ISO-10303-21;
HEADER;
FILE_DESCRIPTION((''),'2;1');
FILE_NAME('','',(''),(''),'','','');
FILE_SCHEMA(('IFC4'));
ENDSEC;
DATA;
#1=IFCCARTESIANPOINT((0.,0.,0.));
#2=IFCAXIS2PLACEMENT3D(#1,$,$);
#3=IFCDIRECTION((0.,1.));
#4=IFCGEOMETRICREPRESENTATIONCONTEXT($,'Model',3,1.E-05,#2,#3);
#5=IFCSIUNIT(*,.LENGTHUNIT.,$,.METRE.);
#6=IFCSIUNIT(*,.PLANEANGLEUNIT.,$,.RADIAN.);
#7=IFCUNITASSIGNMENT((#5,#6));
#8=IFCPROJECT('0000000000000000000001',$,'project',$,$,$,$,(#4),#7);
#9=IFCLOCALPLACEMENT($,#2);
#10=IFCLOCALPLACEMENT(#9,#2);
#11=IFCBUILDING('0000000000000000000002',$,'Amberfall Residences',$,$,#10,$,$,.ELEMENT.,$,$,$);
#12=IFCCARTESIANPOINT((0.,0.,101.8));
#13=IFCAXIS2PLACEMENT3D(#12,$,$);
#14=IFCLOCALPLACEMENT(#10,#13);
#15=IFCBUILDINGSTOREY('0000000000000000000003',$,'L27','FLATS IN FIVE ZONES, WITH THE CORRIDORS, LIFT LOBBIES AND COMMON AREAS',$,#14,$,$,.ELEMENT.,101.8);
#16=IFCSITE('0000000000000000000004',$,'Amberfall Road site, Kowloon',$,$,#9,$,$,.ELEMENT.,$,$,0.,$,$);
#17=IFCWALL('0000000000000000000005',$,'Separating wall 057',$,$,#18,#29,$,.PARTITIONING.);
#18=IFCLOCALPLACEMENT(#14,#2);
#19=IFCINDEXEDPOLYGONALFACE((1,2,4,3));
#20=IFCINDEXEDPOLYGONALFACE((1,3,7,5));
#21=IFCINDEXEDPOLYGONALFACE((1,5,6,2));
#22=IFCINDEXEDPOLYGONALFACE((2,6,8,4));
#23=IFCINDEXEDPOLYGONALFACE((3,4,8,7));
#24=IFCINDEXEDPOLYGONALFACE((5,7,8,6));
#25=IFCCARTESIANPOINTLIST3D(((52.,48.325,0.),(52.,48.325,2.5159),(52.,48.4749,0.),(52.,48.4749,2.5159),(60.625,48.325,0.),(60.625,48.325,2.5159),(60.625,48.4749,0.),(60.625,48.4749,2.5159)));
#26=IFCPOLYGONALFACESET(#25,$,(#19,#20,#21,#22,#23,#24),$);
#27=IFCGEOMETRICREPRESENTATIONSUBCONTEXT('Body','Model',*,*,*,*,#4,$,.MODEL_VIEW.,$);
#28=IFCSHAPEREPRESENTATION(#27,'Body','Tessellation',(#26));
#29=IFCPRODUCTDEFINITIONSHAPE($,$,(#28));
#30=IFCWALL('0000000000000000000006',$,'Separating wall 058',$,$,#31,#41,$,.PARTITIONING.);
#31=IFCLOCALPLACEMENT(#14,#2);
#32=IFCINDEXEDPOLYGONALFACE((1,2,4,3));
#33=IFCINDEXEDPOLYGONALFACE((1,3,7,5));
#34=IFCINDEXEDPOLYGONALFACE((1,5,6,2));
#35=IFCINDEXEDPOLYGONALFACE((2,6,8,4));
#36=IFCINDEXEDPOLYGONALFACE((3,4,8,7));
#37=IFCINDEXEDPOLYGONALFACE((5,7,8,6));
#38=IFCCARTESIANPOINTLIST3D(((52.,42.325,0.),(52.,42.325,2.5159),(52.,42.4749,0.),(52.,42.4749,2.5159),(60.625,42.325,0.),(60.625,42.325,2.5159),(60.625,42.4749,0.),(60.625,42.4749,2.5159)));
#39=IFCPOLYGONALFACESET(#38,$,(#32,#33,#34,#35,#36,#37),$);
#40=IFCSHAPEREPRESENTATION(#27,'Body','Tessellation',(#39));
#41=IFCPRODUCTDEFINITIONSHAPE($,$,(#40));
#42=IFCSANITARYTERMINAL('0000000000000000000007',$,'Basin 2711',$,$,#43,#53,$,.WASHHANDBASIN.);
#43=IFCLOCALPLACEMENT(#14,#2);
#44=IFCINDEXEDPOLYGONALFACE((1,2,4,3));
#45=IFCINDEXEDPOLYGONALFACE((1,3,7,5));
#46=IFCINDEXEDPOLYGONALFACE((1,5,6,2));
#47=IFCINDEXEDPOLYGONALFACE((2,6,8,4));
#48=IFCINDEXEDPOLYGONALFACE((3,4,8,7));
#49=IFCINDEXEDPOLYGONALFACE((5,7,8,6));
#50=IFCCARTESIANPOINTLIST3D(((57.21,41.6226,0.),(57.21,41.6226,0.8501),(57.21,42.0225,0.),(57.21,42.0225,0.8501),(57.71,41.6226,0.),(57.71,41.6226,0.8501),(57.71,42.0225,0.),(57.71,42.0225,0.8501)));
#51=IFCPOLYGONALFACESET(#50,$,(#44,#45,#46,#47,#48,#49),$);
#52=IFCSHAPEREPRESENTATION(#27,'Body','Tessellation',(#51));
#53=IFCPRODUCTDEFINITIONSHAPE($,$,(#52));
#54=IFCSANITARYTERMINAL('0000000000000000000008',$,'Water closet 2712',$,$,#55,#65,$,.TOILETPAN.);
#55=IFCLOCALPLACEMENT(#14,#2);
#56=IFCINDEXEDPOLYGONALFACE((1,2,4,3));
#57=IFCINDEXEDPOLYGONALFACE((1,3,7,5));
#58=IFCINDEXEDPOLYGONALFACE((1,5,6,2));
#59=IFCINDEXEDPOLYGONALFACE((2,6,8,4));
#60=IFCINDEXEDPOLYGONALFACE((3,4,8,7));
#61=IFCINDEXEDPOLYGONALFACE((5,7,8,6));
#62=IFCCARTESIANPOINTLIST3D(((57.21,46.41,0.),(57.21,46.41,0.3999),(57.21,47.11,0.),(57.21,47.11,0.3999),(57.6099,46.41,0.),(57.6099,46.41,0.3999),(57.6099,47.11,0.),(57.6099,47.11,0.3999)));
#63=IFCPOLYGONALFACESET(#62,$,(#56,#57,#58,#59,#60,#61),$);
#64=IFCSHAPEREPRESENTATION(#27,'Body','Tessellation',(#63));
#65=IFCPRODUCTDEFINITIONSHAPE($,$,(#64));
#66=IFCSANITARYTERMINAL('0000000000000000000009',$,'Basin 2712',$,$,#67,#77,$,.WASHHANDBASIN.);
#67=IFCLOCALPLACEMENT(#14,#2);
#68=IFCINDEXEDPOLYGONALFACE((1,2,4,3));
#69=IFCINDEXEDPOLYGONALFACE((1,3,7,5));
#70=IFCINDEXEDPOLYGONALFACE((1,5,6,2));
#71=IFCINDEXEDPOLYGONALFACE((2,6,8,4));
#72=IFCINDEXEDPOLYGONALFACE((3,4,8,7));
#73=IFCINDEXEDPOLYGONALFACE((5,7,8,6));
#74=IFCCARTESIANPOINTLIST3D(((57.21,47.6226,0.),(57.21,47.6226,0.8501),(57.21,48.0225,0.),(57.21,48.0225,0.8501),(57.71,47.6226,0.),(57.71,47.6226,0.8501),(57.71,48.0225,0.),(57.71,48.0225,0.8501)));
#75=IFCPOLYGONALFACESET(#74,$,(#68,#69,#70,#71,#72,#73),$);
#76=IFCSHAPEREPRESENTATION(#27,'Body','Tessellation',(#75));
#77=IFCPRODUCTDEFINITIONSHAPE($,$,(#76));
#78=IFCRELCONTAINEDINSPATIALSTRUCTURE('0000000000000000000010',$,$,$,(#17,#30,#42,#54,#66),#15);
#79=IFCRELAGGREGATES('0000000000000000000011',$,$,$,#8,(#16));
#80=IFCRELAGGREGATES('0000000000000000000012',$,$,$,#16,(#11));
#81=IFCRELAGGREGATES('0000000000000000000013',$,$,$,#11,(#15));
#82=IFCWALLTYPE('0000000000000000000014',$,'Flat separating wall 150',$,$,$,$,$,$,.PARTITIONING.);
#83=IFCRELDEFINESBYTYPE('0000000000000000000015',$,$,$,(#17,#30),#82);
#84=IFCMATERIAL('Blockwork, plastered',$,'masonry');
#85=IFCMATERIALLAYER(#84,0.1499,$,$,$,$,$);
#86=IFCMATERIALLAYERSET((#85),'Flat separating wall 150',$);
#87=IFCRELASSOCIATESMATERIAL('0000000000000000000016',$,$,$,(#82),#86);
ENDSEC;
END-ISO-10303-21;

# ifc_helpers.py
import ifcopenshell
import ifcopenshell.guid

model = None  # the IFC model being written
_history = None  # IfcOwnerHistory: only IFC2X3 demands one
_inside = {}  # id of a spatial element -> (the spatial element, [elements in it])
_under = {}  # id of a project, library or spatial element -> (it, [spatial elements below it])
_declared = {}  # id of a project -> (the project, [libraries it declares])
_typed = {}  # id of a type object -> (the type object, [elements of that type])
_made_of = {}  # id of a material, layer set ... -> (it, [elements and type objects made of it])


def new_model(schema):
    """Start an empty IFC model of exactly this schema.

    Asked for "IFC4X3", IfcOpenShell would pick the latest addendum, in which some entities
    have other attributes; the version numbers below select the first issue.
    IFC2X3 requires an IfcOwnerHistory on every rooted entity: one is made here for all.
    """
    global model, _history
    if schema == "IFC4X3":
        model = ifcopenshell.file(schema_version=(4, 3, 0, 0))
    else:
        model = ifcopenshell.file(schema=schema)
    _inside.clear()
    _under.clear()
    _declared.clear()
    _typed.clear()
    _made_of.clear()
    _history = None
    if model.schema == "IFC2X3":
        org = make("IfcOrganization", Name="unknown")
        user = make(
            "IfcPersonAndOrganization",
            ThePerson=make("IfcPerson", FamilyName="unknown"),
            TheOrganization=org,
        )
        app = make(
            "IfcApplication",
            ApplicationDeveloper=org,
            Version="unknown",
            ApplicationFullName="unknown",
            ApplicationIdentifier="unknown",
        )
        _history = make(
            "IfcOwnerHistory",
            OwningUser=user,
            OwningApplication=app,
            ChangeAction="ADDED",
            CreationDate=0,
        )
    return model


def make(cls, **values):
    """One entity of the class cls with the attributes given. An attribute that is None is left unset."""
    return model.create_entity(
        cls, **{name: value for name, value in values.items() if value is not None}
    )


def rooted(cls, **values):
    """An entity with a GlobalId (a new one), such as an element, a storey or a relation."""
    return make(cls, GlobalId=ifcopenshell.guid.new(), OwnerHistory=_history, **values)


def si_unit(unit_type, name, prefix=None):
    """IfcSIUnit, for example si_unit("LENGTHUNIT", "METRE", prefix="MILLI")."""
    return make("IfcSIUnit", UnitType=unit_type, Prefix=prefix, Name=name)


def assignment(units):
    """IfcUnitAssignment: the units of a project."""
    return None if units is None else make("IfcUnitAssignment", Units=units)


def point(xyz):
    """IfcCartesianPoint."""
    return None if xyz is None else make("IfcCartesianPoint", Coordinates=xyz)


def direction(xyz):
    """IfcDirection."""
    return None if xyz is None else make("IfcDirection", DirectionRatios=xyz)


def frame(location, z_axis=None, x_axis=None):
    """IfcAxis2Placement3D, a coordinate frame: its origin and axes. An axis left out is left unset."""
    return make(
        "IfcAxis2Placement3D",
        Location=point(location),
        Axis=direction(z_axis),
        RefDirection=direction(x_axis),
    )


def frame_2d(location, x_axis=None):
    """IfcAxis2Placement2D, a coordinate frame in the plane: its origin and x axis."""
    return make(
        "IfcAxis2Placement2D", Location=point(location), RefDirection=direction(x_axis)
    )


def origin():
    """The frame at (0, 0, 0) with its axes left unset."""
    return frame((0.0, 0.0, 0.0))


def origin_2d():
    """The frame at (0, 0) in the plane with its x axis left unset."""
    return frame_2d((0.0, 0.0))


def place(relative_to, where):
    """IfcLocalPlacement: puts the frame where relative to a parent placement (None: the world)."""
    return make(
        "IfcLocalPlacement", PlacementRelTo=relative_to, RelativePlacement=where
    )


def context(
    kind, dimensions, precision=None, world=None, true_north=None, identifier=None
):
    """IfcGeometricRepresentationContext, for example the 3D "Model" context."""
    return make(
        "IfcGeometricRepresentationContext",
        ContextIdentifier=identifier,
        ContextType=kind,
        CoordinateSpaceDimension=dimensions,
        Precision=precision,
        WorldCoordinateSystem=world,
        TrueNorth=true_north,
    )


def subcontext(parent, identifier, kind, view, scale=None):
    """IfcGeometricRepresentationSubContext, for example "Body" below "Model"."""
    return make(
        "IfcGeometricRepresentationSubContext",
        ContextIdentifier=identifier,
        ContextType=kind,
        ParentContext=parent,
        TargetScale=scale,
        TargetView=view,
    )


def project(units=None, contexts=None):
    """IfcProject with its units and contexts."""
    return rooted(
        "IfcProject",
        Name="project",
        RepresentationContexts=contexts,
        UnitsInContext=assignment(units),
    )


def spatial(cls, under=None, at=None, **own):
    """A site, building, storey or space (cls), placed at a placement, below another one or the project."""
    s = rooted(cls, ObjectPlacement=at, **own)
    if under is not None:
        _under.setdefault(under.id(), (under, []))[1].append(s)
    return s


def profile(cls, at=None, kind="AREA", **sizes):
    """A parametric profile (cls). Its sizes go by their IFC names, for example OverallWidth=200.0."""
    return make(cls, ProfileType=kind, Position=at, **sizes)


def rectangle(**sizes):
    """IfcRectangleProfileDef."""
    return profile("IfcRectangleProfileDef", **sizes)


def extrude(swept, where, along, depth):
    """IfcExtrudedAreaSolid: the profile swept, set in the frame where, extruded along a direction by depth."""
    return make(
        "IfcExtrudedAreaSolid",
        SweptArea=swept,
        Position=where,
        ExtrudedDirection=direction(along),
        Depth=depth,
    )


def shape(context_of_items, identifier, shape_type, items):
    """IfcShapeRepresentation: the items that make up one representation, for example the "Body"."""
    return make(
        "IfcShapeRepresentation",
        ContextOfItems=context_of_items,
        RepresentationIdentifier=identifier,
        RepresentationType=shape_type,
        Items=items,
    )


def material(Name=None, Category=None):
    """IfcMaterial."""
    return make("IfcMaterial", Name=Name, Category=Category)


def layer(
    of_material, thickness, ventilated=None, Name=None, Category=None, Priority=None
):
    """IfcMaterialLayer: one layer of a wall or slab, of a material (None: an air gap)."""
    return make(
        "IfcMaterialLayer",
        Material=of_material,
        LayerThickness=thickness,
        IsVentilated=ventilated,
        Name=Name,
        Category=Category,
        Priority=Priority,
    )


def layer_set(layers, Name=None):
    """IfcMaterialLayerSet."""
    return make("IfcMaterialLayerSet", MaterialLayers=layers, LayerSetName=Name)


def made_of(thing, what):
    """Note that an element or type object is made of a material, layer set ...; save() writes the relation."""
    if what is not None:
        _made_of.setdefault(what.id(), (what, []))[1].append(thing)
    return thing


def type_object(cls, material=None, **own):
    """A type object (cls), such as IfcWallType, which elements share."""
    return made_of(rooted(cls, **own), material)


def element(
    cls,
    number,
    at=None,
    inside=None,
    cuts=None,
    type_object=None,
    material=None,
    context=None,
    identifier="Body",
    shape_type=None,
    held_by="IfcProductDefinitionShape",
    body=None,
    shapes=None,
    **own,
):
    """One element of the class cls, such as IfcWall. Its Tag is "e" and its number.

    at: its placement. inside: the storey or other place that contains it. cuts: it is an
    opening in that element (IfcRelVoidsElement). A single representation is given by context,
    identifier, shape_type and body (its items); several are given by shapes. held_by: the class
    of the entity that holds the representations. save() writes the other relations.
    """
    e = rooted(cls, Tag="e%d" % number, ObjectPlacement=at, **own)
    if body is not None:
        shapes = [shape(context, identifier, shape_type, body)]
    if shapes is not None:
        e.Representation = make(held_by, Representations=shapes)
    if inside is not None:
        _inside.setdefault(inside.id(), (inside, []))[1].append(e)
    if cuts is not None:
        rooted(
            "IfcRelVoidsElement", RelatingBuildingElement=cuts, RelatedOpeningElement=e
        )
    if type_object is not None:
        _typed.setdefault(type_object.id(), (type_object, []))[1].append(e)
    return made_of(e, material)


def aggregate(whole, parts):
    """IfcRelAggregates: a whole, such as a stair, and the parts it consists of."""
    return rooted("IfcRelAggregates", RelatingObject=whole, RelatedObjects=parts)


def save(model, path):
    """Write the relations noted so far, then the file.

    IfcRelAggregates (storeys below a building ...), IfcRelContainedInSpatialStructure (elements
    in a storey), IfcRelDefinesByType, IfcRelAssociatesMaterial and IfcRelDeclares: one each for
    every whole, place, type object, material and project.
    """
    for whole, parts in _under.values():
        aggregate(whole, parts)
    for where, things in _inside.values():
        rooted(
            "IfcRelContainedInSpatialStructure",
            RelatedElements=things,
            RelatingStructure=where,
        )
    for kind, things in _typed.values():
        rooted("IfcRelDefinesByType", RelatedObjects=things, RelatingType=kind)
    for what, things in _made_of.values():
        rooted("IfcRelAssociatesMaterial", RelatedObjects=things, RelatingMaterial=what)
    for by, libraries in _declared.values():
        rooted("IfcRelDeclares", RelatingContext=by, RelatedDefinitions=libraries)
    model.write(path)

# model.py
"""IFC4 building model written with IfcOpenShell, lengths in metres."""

from ifc_helpers import new_model, si_unit, direction, frame, frame_2d, origin, origin_2d, place, context, subcontext, project, spatial, rectangle, extrude, material, layer, layer_set, type_object, element, save


model = new_model("IFC4")

# Units and contexts
model_context = context("Model", 3, precision=1e-05, world=origin(), true_north=direction((0.0, 1.0)))
body_context = subcontext(model_context, "Body", "Model", "MODEL_VIEW")
ifc_project = project(units=[si_unit("LENGTHUNIT", "METRE"), si_unit("PLANEANGLEUNIT", "RADIAN")], contexts=[model_context])

# Site, building, storey
site_placement = place(None, origin())
site = spatial("IfcSite", under=ifc_project, at=site_placement, Name="Amberfall Road site, Kowloon", CompositionType="ELEMENT", RefElevation=0.0)
building_placement = place(site_placement, origin())
building = spatial("IfcBuilding", under=site, at=building_placement, Name="Amberfall Residences", CompositionType="ELEMENT")
storey_placement = place(building_placement, frame((0.0, 0.0, 101.8)))
storey = spatial("IfcBuildingStorey", under=building, at=storey_placement, Name="L27", Description="FLATS IN FIVE ZONES, WITH THE CORRIDORS, LIFT LOBBIES AND COMMON AREAS", CompositionType="ELEMENT", Elevation=101.8)

# Walls
ifc_material_1 = material(Name="Blockwork, plastered", Category="masonry")
ifc_layer_1 = layer(ifc_material_1, 0.1499)
ifc_layer_set_1 = layer_set([ifc_layer_1], Name="Flat separating wall 150")
wall_type_1 = type_object("IfcWallType", Name="Flat separating wall 150", PredefinedType="PARTITIONING", material=ifc_layer_set_1)
for number, where, z_axis, x_axis, name in (
    (1, (52.0, 48.3999, 0.0), (0.0, 0.0, 1.0), (1.0, 0.0, 0.0), "Separating wall 057"),
    (2, (52.0, 42.3999, 0.0), (0.0, 0.0, 1.0), (1.0, 0.0, 0.0), "Separating wall 058"),
):
    element("IfcWall", number, at=place(storey_placement, frame(where, z_axis=z_axis, x_axis=x_axis)), inside=storey, type_object=wall_type_1, Name=name, PredefinedType="PARTITIONING", context=body_context, shape_type="SweptSolid", body=[
        extrude(rectangle(XDim=8.625, YDim=0.1499, at=frame_2d((4.3125, 0.0))), origin(), (0.0, 0.0, 1.0), 2.5159),
    ])

# Sanitary terminals
sanitary_terminal_1_placement = place(storey_placement, frame((57.46, 41.8225, 0.0), z_axis=(0.0, 0.0, 1.0), x_axis=(1.0, 0.0, 0.0)))
element("IfcSanitaryTerminal", 3, at=sanitary_terminal_1_placement, inside=storey, Name="Basin 2711", PredefinedType="WASHHANDBASIN", context=body_context, shape_type="SweptSolid", body=[
    extrude(rectangle(XDim=0.5, YDim=0.3999, at=origin_2d()), origin(), (0.0, 0.0, 1.0), 0.8501),
])
sanitary_terminal_2_placement = place(storey_placement, frame((57.4099, 46.76, 0.0), z_axis=(0.0, 0.0, 1.0), x_axis=(1.0, 0.0, 0.0)))
element("IfcSanitaryTerminal", 4, at=sanitary_terminal_2_placement, inside=storey, Name="Water closet 2712", PredefinedType="TOILETPAN", context=body_context, shape_type="SweptSolid", body=[
    extrude(rectangle(XDim=0.3999, YDim=0.7, at=origin_2d()), origin(), (0.0, 0.0, 1.0), 0.3999),
])
sanitary_terminal_3_placement = place(storey_placement, frame((57.46, 47.8225, 0.0), z_axis=(0.0, 0.0, 1.0), x_axis=(1.0, 0.0, 0.0)))
element("IfcSanitaryTerminal", 5, at=sanitary_terminal_3_placement, inside=storey, Name="Basin 2712", PredefinedType="WASHHANDBASIN", context=body_context, shape_type="SweptSolid", body=[
    extrude(rectangle(XDim=0.5, YDim=0.3999, at=origin_2d()), origin(), (0.0, 0.0, 1.0), 0.8501),
])

save(model, "model.ifc")
